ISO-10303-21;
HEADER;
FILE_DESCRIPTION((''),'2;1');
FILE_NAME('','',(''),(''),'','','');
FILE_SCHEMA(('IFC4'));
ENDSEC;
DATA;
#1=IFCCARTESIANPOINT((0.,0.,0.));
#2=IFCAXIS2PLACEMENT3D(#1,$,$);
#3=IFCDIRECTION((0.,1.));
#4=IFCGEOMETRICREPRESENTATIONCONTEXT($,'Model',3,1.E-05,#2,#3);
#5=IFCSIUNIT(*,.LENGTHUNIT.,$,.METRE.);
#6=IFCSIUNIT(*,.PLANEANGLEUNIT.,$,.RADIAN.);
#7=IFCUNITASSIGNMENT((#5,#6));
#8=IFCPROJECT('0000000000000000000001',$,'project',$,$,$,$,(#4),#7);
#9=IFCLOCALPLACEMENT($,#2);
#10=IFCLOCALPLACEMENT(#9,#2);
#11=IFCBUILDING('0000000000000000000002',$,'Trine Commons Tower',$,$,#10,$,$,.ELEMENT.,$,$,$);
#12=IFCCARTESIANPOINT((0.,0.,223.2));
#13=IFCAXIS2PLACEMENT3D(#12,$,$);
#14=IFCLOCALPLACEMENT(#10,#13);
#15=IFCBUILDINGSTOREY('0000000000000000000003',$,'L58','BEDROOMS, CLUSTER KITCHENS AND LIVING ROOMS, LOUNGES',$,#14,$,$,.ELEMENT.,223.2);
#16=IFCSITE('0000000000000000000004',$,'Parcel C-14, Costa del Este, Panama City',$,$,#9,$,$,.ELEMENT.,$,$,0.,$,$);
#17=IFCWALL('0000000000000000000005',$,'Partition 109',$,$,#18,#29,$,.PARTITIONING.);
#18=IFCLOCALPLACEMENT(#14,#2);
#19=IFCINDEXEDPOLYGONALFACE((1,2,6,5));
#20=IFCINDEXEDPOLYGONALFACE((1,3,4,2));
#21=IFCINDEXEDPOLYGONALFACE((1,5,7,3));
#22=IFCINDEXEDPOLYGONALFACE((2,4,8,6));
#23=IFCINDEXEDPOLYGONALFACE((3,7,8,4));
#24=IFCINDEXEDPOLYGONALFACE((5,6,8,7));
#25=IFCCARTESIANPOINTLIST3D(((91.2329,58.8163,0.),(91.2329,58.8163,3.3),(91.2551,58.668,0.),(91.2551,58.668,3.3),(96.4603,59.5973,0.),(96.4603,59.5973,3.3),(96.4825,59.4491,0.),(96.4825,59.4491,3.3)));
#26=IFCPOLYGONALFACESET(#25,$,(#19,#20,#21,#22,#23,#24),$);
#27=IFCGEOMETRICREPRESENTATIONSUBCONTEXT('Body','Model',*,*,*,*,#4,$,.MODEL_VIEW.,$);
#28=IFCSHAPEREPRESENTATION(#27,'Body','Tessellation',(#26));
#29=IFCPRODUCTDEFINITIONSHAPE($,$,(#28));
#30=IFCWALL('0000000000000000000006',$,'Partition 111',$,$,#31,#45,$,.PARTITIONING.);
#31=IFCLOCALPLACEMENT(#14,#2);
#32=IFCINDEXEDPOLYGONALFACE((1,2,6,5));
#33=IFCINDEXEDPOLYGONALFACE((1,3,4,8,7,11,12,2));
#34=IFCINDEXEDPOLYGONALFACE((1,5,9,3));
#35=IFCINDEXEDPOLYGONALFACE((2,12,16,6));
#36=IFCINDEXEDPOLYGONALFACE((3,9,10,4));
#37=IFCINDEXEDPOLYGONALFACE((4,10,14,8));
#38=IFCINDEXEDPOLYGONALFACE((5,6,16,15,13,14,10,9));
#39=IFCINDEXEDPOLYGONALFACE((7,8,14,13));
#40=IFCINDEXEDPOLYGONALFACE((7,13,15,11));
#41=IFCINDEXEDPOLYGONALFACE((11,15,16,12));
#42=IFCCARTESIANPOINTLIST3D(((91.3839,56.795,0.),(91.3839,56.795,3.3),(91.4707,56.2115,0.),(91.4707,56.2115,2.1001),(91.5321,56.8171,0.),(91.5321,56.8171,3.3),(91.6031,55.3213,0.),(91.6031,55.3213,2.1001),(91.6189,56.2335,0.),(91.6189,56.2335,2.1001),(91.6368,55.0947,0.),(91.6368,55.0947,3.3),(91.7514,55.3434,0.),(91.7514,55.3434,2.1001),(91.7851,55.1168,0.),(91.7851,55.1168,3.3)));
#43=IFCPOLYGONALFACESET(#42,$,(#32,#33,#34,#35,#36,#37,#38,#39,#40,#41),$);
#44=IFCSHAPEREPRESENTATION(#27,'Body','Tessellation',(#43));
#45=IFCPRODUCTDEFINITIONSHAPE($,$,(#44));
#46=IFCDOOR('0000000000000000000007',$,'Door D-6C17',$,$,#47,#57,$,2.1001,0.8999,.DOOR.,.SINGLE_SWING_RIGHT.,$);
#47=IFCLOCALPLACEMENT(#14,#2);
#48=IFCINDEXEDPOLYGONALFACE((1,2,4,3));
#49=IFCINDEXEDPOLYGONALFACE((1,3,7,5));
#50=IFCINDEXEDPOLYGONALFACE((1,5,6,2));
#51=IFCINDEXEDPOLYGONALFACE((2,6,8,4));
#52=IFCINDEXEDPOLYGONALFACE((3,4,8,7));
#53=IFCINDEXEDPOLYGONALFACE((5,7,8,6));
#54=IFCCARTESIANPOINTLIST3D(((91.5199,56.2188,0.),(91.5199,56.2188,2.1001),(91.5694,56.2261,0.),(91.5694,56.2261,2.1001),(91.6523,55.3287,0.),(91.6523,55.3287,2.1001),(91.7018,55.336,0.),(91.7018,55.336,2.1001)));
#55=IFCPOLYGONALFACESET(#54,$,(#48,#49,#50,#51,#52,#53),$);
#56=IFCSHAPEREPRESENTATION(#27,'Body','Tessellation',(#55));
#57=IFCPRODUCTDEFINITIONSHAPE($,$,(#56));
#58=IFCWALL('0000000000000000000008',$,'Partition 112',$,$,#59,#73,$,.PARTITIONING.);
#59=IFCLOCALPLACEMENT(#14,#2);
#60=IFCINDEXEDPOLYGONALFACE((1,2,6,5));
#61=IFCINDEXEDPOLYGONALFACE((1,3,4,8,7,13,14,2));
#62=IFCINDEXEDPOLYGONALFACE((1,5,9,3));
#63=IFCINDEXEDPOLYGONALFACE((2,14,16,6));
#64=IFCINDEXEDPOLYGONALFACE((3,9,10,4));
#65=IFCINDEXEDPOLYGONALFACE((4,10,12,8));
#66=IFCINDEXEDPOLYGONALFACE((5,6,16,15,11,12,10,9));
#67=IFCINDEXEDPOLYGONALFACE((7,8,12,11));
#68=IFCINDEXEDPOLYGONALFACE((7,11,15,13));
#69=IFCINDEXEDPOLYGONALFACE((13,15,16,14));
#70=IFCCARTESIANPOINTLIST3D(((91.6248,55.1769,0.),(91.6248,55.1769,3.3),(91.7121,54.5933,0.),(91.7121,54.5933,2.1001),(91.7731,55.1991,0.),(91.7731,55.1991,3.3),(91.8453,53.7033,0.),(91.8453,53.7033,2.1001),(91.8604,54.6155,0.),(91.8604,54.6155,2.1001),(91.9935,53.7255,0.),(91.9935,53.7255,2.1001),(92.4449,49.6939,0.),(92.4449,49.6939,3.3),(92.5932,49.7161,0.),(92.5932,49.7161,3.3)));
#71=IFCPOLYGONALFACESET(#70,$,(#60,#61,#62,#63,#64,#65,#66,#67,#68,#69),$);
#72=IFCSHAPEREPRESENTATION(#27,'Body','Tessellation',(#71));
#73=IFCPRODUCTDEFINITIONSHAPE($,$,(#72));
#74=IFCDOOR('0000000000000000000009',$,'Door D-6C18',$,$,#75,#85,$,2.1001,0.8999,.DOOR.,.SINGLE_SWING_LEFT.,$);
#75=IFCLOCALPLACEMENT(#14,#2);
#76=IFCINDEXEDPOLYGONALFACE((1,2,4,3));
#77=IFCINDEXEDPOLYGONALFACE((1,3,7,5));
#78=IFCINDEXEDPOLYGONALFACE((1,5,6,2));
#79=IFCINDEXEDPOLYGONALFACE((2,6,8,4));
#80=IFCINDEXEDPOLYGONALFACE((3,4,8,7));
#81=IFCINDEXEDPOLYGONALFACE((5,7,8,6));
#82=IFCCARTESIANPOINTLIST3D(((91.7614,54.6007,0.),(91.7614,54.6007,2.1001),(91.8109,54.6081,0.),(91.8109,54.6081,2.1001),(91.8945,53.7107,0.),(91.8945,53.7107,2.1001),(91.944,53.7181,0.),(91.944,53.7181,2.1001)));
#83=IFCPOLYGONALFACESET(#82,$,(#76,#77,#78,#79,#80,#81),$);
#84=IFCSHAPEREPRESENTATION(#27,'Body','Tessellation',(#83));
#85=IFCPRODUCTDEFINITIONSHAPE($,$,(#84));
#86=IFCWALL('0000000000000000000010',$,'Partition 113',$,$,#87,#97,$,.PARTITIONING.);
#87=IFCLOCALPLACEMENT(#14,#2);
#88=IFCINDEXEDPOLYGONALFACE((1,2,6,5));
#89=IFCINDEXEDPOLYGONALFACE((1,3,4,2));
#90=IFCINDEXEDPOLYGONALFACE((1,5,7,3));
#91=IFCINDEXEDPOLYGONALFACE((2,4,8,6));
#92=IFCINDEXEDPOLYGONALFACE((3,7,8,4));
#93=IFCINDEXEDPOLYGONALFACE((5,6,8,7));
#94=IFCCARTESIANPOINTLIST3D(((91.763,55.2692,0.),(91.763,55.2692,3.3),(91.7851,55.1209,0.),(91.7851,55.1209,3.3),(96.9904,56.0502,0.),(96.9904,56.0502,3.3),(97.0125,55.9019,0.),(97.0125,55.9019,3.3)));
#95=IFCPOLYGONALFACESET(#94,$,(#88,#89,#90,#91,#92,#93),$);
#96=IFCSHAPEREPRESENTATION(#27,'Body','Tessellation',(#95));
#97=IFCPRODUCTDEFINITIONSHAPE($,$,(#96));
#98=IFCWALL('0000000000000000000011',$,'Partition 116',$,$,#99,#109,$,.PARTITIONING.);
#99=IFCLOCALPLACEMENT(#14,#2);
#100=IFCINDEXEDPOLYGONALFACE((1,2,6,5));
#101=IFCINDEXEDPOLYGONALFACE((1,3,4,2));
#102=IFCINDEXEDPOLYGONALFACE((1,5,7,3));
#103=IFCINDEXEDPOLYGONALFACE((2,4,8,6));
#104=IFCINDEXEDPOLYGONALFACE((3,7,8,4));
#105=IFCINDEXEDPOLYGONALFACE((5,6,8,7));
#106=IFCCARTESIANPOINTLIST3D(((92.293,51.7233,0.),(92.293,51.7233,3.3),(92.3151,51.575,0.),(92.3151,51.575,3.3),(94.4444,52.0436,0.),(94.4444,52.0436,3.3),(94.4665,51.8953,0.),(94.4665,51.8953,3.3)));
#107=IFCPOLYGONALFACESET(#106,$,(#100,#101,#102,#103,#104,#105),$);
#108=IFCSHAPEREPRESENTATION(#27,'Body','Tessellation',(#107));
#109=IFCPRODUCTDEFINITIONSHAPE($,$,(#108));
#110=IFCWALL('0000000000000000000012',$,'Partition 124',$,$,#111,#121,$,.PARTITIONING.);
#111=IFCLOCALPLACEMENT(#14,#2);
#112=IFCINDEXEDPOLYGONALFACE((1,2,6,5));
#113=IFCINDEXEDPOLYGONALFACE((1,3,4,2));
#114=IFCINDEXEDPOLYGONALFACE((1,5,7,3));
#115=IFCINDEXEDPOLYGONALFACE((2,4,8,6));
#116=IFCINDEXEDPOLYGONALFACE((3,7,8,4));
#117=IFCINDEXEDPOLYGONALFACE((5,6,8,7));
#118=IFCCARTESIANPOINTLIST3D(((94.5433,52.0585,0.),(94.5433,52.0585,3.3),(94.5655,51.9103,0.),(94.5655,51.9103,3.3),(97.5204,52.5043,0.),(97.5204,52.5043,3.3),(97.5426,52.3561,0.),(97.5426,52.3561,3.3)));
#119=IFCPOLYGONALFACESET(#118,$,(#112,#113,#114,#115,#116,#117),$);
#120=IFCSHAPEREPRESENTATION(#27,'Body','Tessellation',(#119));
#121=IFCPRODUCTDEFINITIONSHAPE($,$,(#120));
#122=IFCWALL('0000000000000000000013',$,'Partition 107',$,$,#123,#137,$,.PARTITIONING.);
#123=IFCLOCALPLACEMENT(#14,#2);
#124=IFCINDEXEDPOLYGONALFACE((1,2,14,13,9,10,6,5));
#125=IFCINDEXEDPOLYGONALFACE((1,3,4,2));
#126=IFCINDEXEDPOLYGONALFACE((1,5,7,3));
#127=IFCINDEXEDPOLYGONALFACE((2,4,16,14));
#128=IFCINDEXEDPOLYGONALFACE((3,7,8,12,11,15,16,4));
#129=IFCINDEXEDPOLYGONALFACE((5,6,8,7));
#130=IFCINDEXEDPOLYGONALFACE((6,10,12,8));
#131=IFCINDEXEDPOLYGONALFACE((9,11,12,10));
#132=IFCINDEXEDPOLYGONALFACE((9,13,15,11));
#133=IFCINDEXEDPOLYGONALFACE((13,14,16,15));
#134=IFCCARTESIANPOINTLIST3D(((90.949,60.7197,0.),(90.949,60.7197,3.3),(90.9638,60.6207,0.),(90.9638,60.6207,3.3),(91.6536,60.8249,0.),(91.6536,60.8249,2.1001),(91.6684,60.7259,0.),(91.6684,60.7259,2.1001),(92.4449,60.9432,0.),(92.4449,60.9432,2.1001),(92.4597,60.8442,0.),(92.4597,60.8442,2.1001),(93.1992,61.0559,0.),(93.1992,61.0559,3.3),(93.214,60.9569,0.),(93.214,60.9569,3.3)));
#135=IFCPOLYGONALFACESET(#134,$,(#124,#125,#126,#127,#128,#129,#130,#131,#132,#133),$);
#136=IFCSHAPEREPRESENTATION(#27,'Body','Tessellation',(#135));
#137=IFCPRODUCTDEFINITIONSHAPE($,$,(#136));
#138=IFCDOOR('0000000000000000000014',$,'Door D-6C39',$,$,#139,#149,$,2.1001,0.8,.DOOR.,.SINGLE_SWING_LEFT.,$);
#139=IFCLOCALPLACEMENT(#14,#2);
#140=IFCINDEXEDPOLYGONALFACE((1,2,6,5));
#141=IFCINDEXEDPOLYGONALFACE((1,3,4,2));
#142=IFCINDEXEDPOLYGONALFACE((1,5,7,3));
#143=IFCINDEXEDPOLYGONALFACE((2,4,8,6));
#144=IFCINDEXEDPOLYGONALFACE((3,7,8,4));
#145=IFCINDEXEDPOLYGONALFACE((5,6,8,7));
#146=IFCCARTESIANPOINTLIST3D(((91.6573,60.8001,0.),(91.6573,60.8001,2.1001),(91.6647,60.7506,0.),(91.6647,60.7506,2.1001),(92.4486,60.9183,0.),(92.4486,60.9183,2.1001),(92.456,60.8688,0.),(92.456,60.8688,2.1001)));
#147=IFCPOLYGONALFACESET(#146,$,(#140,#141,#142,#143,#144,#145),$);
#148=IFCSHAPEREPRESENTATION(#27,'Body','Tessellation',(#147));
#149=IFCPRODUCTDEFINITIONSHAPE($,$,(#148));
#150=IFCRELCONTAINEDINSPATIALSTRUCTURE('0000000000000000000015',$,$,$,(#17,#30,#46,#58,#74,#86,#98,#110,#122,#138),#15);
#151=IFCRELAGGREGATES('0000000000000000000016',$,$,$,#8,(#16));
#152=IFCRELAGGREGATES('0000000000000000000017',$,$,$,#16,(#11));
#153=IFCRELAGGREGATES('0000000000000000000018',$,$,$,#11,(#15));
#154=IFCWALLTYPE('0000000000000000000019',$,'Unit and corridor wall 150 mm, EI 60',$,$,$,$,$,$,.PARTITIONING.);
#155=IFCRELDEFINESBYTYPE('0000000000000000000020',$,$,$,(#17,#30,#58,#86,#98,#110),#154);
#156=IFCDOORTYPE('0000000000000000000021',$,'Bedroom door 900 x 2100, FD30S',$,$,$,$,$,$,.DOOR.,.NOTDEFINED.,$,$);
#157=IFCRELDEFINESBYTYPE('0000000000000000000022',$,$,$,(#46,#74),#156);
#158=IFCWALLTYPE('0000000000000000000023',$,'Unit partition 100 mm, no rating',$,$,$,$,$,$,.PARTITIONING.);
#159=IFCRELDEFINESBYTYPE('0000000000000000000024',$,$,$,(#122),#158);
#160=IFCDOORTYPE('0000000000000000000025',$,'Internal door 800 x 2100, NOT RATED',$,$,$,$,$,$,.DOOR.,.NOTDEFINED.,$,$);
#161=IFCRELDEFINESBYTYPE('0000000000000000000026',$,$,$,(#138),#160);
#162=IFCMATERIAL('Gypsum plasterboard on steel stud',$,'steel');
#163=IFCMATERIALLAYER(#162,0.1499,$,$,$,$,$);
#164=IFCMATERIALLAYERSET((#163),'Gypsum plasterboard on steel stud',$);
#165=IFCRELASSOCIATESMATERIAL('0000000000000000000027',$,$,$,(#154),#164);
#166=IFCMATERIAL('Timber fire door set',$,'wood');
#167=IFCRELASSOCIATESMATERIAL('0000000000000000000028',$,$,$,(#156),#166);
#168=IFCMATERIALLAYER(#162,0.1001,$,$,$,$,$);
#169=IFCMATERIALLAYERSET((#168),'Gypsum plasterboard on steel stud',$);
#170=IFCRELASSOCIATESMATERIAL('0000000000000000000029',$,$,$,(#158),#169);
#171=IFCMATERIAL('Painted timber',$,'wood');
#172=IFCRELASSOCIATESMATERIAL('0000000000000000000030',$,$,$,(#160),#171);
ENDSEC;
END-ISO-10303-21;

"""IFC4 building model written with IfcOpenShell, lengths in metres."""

from ifc_helpers import new_model, si_unit, direction, frame, frame_2d, origin, place, context, subcontext, project, spatial, rectangle, extrude, material, layer, layer_set, type_object, element, fill, save


model = new_model("IFC4")

# Units and contexts
model_context = context("Model", 3, precision=1e-05, world=origin(), true_north=direction((0.0, 1.0)))
body_context = subcontext(model_context, "Body", "Model", "MODEL_VIEW")
ifc_project = project(units=[si_unit("LENGTHUNIT", "METRE"), si_unit("PLANEANGLEUNIT", "RADIAN")], contexts=[model_context])

# Site, building, storey
site_placement = place(None, origin())
site = spatial("IfcSite", under=ifc_project, at=site_placement, Name="Parcel C-14, Costa del Este, Panama City", CompositionType="ELEMENT", RefElevation=0.0)
building_placement = place(site_placement, origin())
building = spatial("IfcBuilding", under=site, at=building_placement, Name="Trine Commons Tower", CompositionType="ELEMENT")
storey_placement = place(building_placement, frame((0.0, 0.0, 223.2)))
storey = spatial("IfcBuildingStorey", under=building, at=storey_placement, Name="L58", Description="BEDROOMS, CLUSTER KITCHENS AND LIVING ROOMS, LOUNGES", CompositionType="ELEMENT", Elevation=223.2)

# Wall
ifc_material_1 = material(Name="Gypsum plasterboard on steel stud", Category="steel")
ifc_layer_1 = layer(ifc_material_1, 0.1499)
ifc_layer_set_1 = layer_set([ifc_layer_1], Name="Gypsum plasterboard on steel stud")
wall_type_1 = type_object("IfcWallType", Name="Unit and corridor wall 150 mm, EI 60", PredefinedType="PARTITIONING", material=ifc_layer_set_1)
wall_1_placement = place(storey_placement, frame((91.2441, 58.7422, 0.0), z_axis=(0.0, 0.0, 1.0), x_axis=(0.989022, 0.147769, 0.0)))
element("IfcWall", 1, at=wall_1_placement, inside=storey, type_object=wall_type_1, Name="Partition 109", PredefinedType="PARTITIONING", context=body_context, shape_type="SweptSolid", body=[
    extrude(rectangle(XDim=5.2854, YDim=0.1499, at=frame_2d((2.6426, 0.0))), origin(), (0.0, 0.0, 1.0), 3.3),
])

# Walls, openings, doors
wall_2_placement = place(storey_placement, frame((91.458, 56.8059, 0.0), z_axis=(0.0, 0.0, 1.0), x_axis=(0.147146, -0.989115, 0.0)))
wall_2 = element("IfcWall", 2, at=wall_2_placement, inside=storey, type_object=wall_type_1, Name="Partition 111", PredefinedType="PARTITIONING", context=body_context, shape_type="SweptSolid", body=[
    extrude(rectangle(XDim=1.719, YDim=0.1499, at=frame_2d((0.8594, 0.0))), origin(), (0.0, 0.0, 1.0), 3.3),
])
opening_1_placement = place(wall_2_placement, frame((0.5898, 0.0, 0.0)))
opening_1 = element("IfcOpeningElement", 3, at=opening_1_placement, cuts=wall_2, PredefinedType="OPENING", context=body_context, shape_type="SweptSolid", body=[
    extrude(rectangle(XDim=0.8999, YDim=2.1001, at=frame_2d((0.45, 1.05))), frame((0.0, 0.085, 0.0), z_axis=(0.0, -1.0, 0.0), x_axis=(1.0, 0.0, 0.0)), (0.0, 0.0, 1.0), 0.1699),
])
ifc_material_2 = material(Name="Timber fire door set", Category="wood")
door_type_1 = type_object("IfcDoorType", Name="Bedroom door 900 x 2100, FD30S", OperationType="NOTDEFINED", PredefinedType="DOOR", material=ifc_material_2)
door_1_placement = place(opening_1_placement, origin())
door_1 = element("IfcDoor", 4, at=door_1_placement, inside=storey, type_object=door_type_1, Name="Door D-6C17", OperationType="SINGLE_SWING_RIGHT", OverallHeight=2.1001, OverallWidth=0.8999, PredefinedType="DOOR", context=body_context, shape_type="SweptSolid", body=[
    extrude(rectangle(XDim=0.8999, YDim=2.1001, at=frame_2d((0.45, 1.05))), frame((0.0, 0.0249, 0.0), z_axis=(0.0, -1.0, 0.0), x_axis=(1.0, 0.0, 0.0)), (0.0, 0.0, 1.0), 0.05),
])
fill(opening_1, door_1)
wall_3_placement = place(storey_placement, frame((91.699, 55.188, 0.0), z_axis=(0.0, 0.0, 1.0), x_axis=(0.147923, -0.988999, 0.0)))
wall_3 = element("IfcWall", 5, at=wall_3_placement, inside=storey, type_object=wall_type_1, Name="Partition 112", PredefinedType="PARTITIONING", context=body_context, shape_type="SweptSolid", body=[
    extrude(rectangle(XDim=5.5439, YDim=0.1499, at=frame_2d((2.772, 0.0))), origin(), (0.0, 0.0, 1.0), 3.3),
])
opening_2_placement = place(wall_3_placement, frame((0.5901, 0.0, 0.0)))
opening_2 = element("IfcOpeningElement", 6, at=opening_2_placement, cuts=wall_3, PredefinedType="OPENING", context=body_context, shape_type="SweptSolid", body=[
    extrude(rectangle(XDim=0.8999, YDim=2.1001, at=frame_2d((0.45, 1.05))), frame((0.0, 0.085, 0.0), z_axis=(0.0, -1.0, 0.0), x_axis=(1.0, 0.0, 0.0)), (0.0, 0.0, 1.0), 0.1699),
])
door_2_placement = place(opening_2_placement, origin())
door_2 = element("IfcDoor", 7, at=door_2_placement, inside=storey, type_object=door_type_1, Name="Door D-6C18", OperationType="SINGLE_SWING_LEFT", OverallHeight=2.1001, OverallWidth=0.8999, PredefinedType="DOOR", context=body_context, shape_type="SweptSolid", body=[
    extrude(rectangle(XDim=0.8999, YDim=2.1001, at=frame_2d((0.45, 1.05))), frame((0.0, 0.0249, 0.0), z_axis=(0.0, -1.0, 0.0), x_axis=(1.0, 0.0, 0.0)), (0.0, 0.0, 1.0), 0.05),
])
fill(opening_2, door_2)

# Walls
wall_4_placement = place(storey_placement, frame((91.7742, 55.1951, 0.0), z_axis=(0.0, 0.0, 1.0), x_axis=(0.989022, 0.147769, 0.0)))
element("IfcWall", 8, at=wall_4_placement, inside=storey, type_object=wall_type_1, Name="Partition 113", PredefinedType="PARTITIONING", context=body_context, shape_type="SweptSolid", body=[
    extrude(rectangle(XDim=5.2854, YDim=0.1499, at=frame_2d((2.6426, 0.0))), origin(), (0.0, 0.0, 1.0), 3.3),
])
wall_5_placement = place(storey_placement, frame((92.3042, 51.6492, 0.0), z_axis=(0.0, 0.0, 1.0), x_axis=(0.989097, 0.147265, 0.0)))
element("IfcWall", 9, at=wall_5_placement, inside=storey, type_object=wall_type_1, Name="Partition 116", PredefinedType="PARTITIONING", context=body_context, shape_type="SweptSolid", body=[
    extrude(rectangle(XDim=2.175, YDim=0.1499, at=frame_2d((1.0874, 0.0))), origin(), (0.0, 0.0, 1.0), 3.3),
])
wall_6_placement = place(storey_placement, frame((94.5544, 51.9844, 0.0), z_axis=(0.0, 0.0, 1.0), x_axis=(0.988973, 0.148095, 0.0)))
element("IfcWall", 10, at=wall_6_placement, inside=storey, type_object=wall_type_1, Name="Partition 124", PredefinedType="PARTITIONING", context=body_context, shape_type="SweptSolid", body=[
    extrude(rectangle(XDim=3.0103, YDim=0.1499, at=frame_2d((1.5051, 0.0))), origin(), (0.0, 0.0, 1.0), 3.3),
])

# Wall, opening, door
ifc_layer_2 = layer(ifc_material_1, 0.1001)
ifc_layer_set_2 = layer_set([ifc_layer_2], Name="Gypsum plasterboard on steel stud")
wall_type_2 = type_object("IfcWallType", Name="Unit partition 100 mm, no rating", PredefinedType="PARTITIONING", material=ifc_layer_set_2)
wall_7_placement = place(storey_placement, frame((90.9563, 60.6702, 0.0), z_axis=(0.0, 0.0, 1.0), x_axis=(0.989024, 0.147758, 0.0)))
wall_7 = element("IfcWall", 11, at=wall_7_placement, inside=storey, type_object=wall_type_2, Name="Partition 107", PredefinedType="PARTITIONING", context=body_context, shape_type="SweptSolid", body=[
    extrude(rectangle(XDim=2.2751, YDim=0.1001, at=frame_2d((1.1377, 0.0))), origin(), (0.0, 0.0, 1.0), 3.3),
])
opening_3_placement = place(wall_7_placement, frame((0.7126, 0.0, 0.0)))
opening_3 = element("IfcOpeningElement", 12, at=opening_3_placement, cuts=wall_7, PredefinedType="OPENING", context=body_context, shape_type="SweptSolid", body=[
    extrude(rectangle(XDim=0.8, YDim=2.1001, at=frame_2d((0.3999, 1.05))), frame((0.0, 0.0601, 0.0), z_axis=(0.0, -1.0, 0.0), x_axis=(1.0, 0.0, 0.0)), (0.0, 0.0, 1.0), 0.1201),
])
ifc_material_3 = material(Name="Painted timber", Category="wood")
door_type_2 = type_object("IfcDoorType", Name="Internal door 800 x 2100, NOT RATED", OperationType="NOTDEFINED", PredefinedType="DOOR", material=ifc_material_3)
door_3_placement = place(opening_3_placement, origin())
door_3 = element("IfcDoor", 13, at=door_3_placement, inside=storey, type_object=door_type_2, Name="Door D-6C39", OperationType="SINGLE_SWING_LEFT", OverallHeight=2.1001, OverallWidth=0.8, PredefinedType="DOOR", context=body_context, shape_type="SweptSolid", body=[
    extrude(rectangle(XDim=0.8, YDim=2.1001, at=frame_2d((0.3999, 1.05))), frame((0.0, 0.0249, 0.0), z_axis=(0.0, -1.0, 0.0), x_axis=(1.0, 0.0, 0.0)), (0.0, 0.0, 1.0), 0.05),
])
fill(opening_3, door_3)

save(model, "model.ifc")
